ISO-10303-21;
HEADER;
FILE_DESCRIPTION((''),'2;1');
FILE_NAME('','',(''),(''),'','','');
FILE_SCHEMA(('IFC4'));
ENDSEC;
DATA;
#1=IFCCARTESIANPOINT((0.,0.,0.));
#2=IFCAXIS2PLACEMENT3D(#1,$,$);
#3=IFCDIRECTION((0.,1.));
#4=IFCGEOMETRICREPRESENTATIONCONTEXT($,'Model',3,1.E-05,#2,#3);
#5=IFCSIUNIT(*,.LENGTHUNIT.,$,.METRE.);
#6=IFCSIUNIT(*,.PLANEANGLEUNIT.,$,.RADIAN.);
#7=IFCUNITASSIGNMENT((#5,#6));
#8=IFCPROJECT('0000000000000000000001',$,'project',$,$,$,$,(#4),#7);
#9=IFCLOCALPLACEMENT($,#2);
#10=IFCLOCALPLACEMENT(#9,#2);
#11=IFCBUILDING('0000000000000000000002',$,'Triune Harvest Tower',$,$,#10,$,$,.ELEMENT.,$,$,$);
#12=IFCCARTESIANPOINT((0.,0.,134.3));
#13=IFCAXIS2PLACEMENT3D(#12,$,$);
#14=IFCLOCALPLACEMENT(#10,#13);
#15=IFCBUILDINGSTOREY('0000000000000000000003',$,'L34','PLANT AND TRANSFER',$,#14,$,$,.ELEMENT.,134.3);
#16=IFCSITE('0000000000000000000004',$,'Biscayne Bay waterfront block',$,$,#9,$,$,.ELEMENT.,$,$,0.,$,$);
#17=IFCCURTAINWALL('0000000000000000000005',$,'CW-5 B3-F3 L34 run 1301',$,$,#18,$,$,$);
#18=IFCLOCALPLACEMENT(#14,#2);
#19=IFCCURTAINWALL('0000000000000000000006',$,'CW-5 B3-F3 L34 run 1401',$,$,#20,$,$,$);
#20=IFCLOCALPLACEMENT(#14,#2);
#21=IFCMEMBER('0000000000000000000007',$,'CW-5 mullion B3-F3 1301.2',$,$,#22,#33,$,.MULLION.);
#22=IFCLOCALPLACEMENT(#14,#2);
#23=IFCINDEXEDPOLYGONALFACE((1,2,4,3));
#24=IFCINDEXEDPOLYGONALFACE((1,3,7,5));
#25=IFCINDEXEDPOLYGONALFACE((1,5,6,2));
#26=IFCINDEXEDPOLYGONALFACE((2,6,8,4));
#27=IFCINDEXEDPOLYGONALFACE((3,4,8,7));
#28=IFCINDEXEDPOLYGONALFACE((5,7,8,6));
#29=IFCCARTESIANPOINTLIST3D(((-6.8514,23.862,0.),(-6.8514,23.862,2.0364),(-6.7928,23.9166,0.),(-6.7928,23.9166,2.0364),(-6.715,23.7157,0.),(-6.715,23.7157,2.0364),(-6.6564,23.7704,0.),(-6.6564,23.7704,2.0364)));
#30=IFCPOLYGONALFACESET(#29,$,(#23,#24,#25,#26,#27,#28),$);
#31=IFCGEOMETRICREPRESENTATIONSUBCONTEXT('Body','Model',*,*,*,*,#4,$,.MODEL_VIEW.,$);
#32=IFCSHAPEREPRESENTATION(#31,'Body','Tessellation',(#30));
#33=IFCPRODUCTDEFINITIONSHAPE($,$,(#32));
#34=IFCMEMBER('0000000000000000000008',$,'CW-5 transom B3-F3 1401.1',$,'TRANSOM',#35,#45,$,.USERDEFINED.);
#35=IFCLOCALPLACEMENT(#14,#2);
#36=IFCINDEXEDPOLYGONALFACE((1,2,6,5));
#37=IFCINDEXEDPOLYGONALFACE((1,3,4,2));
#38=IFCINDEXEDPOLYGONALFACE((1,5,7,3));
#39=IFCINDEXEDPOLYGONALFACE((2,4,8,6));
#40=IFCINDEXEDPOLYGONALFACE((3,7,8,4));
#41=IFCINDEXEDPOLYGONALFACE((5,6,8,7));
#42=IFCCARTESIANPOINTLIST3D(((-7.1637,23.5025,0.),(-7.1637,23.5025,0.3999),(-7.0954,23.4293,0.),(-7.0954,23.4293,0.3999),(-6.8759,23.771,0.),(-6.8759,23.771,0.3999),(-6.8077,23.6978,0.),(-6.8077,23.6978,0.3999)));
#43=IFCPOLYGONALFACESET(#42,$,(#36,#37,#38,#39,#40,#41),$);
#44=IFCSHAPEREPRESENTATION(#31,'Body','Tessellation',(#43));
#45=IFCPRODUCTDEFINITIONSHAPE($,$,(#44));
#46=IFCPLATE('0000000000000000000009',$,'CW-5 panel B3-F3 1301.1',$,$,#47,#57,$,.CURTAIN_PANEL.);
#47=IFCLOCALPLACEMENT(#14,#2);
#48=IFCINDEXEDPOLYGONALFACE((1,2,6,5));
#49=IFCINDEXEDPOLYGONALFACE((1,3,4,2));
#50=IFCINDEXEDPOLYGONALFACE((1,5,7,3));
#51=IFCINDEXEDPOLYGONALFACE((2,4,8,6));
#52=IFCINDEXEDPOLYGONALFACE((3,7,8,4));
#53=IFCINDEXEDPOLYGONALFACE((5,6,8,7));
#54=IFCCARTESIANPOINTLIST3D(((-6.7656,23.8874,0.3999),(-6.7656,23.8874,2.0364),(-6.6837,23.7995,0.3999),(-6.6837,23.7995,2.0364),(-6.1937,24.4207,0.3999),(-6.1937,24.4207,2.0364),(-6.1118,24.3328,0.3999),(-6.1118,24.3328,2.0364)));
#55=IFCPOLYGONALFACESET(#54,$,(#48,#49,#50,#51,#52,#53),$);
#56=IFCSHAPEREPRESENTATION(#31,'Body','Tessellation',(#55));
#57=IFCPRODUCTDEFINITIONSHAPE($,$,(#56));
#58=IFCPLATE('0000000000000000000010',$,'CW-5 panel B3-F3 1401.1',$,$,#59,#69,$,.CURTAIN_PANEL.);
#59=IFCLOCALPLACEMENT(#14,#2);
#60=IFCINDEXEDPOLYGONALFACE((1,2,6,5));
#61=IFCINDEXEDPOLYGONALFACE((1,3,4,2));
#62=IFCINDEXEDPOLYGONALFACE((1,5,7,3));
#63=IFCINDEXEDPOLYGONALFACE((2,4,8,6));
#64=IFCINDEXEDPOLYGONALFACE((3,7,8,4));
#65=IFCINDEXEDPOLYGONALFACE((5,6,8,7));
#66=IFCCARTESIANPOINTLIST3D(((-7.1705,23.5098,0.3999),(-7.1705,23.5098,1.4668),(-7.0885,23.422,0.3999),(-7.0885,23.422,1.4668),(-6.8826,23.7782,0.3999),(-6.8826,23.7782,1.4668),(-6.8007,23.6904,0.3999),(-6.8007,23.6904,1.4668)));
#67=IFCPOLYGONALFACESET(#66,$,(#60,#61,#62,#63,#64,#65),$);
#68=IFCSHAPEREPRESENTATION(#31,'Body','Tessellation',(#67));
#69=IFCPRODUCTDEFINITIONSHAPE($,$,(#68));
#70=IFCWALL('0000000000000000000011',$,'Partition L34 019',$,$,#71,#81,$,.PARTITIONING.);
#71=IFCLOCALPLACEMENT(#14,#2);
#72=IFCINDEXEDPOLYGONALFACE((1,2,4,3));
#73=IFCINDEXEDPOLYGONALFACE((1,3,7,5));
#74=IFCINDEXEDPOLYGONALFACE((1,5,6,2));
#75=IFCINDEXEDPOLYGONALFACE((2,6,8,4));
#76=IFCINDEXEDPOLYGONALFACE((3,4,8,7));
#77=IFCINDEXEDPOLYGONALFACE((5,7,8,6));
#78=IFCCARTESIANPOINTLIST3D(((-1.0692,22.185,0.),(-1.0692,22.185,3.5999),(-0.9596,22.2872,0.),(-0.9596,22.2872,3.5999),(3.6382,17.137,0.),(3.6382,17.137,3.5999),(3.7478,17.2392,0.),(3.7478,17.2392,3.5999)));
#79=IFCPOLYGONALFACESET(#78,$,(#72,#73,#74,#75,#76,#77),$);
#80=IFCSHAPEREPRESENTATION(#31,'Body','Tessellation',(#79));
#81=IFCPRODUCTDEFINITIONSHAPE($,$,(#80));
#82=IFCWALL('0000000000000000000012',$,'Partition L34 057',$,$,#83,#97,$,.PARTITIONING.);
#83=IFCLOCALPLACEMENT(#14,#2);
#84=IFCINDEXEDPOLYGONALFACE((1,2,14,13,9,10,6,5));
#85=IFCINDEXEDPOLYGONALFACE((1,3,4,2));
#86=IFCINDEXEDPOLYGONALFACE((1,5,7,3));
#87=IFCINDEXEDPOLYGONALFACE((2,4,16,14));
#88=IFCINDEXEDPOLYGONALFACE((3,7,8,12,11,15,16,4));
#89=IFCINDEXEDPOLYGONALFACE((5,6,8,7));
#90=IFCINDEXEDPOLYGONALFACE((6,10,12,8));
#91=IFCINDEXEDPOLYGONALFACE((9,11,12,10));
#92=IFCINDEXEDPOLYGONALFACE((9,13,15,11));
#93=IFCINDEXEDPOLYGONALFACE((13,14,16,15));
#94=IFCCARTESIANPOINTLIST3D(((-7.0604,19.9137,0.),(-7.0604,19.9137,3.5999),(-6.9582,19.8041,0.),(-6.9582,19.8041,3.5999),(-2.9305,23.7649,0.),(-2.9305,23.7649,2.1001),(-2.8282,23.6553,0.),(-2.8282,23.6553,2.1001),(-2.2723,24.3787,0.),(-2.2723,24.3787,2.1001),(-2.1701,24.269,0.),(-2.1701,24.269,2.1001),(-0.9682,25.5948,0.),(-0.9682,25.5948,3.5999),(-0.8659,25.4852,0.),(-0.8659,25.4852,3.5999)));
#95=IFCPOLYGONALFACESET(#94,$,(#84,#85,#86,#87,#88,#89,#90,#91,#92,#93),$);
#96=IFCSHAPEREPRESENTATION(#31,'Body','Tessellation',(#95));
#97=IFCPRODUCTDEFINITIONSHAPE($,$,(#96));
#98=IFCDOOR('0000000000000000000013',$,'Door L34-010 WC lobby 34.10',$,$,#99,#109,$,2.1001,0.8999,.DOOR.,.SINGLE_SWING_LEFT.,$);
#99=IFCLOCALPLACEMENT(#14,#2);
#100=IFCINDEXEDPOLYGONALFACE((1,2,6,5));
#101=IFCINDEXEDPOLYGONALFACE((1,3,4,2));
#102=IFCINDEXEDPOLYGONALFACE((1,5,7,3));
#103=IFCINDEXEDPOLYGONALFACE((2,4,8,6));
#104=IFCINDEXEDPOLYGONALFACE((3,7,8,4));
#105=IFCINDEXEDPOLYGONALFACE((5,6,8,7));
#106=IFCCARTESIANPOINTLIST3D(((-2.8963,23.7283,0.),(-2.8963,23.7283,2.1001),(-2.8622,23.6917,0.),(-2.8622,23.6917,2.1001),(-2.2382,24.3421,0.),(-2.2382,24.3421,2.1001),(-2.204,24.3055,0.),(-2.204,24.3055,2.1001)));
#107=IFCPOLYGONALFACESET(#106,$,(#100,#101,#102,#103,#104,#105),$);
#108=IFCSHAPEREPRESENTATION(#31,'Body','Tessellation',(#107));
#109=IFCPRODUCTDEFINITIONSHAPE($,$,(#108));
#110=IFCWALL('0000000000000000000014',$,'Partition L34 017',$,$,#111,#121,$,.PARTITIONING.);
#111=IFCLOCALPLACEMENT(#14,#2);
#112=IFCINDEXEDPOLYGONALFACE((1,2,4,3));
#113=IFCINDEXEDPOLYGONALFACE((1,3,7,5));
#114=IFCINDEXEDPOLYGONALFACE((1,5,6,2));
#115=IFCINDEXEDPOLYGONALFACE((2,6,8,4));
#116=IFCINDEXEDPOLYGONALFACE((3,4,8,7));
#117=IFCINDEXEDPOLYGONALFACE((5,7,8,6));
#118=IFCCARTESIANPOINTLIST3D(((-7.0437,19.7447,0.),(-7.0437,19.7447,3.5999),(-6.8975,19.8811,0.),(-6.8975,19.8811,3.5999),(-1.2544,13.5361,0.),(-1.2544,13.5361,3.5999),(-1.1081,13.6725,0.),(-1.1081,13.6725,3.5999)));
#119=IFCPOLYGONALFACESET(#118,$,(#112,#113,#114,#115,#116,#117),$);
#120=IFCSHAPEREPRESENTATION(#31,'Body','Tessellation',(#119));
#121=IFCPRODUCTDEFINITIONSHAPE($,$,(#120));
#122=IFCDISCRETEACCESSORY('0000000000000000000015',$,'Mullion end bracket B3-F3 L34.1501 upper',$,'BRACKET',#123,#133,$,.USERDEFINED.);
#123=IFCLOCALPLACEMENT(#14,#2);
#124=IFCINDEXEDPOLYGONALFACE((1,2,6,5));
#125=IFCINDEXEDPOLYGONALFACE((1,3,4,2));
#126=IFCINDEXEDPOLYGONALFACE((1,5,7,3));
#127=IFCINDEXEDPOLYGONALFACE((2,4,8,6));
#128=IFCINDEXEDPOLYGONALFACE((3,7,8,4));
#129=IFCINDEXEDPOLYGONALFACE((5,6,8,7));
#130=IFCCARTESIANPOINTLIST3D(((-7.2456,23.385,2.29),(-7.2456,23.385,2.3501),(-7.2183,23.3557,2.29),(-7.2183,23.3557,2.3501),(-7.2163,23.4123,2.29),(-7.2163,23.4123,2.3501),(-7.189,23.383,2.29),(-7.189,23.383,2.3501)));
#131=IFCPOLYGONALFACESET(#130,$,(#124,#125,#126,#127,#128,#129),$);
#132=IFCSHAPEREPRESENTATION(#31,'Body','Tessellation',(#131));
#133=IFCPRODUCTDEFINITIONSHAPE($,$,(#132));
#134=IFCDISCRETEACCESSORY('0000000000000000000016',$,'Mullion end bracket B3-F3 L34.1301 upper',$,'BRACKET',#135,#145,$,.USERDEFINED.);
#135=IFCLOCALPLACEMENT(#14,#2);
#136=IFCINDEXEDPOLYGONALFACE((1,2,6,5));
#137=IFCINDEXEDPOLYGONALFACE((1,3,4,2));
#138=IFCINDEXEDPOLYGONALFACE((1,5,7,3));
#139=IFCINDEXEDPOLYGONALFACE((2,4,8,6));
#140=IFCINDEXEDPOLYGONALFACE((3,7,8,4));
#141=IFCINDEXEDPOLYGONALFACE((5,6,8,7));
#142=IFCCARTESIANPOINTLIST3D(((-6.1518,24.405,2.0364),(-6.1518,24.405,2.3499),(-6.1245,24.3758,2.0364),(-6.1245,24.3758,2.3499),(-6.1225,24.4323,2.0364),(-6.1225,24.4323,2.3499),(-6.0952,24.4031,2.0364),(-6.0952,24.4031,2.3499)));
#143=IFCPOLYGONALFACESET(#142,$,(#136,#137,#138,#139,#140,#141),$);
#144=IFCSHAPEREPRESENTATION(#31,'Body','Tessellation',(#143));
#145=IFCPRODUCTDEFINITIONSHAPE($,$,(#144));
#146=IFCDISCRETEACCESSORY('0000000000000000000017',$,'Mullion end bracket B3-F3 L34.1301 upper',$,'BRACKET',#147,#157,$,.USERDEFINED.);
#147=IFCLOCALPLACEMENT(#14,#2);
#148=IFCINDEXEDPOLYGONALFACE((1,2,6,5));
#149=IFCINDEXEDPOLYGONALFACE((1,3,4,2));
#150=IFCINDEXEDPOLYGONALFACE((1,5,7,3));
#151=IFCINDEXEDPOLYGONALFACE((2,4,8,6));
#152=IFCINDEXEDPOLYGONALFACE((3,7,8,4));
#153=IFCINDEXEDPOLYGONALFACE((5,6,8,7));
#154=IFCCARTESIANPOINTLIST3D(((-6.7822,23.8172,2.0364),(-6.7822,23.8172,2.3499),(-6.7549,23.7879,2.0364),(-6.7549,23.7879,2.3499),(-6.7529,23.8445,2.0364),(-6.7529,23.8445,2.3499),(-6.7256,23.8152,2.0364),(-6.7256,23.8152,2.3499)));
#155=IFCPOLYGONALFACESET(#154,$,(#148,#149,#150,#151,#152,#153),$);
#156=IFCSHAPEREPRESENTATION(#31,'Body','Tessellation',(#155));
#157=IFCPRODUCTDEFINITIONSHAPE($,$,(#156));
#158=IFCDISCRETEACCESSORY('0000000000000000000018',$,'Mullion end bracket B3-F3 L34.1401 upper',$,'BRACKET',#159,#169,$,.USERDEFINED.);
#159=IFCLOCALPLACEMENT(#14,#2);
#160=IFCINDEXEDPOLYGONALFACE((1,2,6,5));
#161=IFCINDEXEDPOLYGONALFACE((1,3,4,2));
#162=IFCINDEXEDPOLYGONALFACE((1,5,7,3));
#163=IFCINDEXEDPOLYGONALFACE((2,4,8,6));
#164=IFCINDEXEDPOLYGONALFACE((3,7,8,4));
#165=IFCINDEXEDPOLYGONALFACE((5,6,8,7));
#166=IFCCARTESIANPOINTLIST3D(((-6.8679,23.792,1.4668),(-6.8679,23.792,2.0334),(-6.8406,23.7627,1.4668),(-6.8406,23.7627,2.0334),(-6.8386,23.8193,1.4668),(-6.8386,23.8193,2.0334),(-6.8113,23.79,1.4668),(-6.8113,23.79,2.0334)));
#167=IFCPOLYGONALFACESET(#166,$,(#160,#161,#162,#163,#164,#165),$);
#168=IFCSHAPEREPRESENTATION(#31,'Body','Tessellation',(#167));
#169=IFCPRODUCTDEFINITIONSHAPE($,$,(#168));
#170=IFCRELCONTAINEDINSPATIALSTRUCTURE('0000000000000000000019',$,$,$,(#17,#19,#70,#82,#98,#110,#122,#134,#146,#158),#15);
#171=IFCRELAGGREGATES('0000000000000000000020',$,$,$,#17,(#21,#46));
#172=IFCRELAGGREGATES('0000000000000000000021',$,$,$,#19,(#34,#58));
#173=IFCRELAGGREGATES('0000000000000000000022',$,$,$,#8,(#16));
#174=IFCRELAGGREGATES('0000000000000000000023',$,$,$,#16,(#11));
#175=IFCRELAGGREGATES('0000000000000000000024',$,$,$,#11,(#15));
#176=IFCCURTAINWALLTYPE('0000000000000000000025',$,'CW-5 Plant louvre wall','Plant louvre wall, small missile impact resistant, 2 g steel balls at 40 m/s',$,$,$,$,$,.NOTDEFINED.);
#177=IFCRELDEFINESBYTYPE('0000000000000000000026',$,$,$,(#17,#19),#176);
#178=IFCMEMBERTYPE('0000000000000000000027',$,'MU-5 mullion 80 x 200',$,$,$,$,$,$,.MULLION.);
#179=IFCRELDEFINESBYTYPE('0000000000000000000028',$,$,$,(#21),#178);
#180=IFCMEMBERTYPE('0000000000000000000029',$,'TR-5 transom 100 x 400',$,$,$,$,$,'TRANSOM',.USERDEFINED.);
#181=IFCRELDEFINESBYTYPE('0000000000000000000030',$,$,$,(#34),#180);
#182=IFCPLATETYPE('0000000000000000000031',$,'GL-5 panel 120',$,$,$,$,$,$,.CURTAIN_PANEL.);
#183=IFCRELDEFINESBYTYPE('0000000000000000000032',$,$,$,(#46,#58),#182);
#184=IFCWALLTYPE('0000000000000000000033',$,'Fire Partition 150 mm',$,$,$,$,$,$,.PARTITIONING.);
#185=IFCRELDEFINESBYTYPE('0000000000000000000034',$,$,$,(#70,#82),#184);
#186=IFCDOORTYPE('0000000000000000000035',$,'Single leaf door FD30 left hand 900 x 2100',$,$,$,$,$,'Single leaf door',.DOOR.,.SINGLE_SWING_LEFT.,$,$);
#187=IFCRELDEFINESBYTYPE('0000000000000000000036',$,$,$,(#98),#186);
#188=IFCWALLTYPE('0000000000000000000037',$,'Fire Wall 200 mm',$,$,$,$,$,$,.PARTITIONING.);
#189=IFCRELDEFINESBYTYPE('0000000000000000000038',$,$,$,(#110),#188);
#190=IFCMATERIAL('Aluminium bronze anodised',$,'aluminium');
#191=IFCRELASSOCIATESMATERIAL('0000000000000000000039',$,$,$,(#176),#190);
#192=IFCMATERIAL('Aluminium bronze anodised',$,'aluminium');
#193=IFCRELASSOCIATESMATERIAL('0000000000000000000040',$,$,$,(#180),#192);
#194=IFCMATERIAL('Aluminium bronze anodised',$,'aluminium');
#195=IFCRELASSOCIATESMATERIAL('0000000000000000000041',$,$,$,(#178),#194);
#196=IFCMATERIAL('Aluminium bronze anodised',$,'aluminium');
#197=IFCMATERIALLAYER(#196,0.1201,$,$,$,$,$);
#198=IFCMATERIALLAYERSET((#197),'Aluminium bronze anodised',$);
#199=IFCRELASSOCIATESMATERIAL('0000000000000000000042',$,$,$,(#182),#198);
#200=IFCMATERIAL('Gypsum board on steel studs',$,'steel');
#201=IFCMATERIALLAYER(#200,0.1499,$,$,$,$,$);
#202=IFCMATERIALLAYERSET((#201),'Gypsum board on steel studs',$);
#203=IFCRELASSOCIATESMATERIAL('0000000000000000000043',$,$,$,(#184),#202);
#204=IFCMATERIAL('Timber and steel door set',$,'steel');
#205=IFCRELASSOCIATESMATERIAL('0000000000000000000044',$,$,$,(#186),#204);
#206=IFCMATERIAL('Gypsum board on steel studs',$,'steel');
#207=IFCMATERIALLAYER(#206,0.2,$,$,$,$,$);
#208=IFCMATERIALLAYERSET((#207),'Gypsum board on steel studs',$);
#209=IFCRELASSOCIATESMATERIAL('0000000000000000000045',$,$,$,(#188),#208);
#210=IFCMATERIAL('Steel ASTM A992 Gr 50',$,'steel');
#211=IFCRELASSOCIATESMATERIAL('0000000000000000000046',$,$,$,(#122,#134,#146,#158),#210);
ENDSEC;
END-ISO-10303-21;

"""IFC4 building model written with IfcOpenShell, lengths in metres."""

from ifc_helpers import new_model, si_unit, direction, frame, frame_2d, origin, origin_2d, place, context, subcontext, project, spatial, rectangle, extrude, source, transform, mapped, material, layer, layer_set, material_profile, profile_set, type_object, element, fill, aggregate, save


model = new_model("IFC4")

# Units and contexts
model_context = context("Model", 3, precision=1e-05, world=origin(), true_north=direction((0.0, 1.0)))
body_context = subcontext(model_context, "Body", "Model", "MODEL_VIEW")
ifc_project = project(units=[si_unit("LENGTHUNIT", "METRE"), si_unit("PLANEANGLEUNIT", "RADIAN")], contexts=[model_context])

# Site, building, storey
site_placement = place(None, origin())
site = spatial("IfcSite", under=ifc_project, at=site_placement, Name="Biscayne Bay waterfront block", CompositionType="ELEMENT", RefElevation=0.0)
building_placement = place(site_placement, origin())
building = spatial("IfcBuilding", under=site, at=building_placement, Name="Triune Harvest Tower", CompositionType="ELEMENT")
storey_placement = place(building_placement, frame((0.0, 0.0, 134.3)))
storey = spatial("IfcBuildingStorey", under=building, at=storey_placement, Name="L34", Description="PLANT AND TRANSFER", CompositionType="ELEMENT", Elevation=134.3)

# Shared definitions
ifc_material_1 = material(Name="Aluminium bronze anodised", Category="aluminium")
curtain_wall_type = type_object("IfcCurtainWallType", Name="CW-5 Plant louvre wall", Description="Plant louvre wall, small missile impact resistant, 2 g steel balls at 40 m/s", PredefinedType="NOTDEFINED", material=ifc_material_1)
ifc_material_2 = material(Name="Aluminium bronze anodised", Category="aluminium")
ifc_material_profile_1 = material_profile(ifc_material_2, rectangle(XDim=0.1001, YDim=0.3999, at=origin_2d()), Name="TR-5 transom 100 x 400")
ifc_profile_set_1 = profile_set([ifc_material_profile_1], Name="Aluminium bronze anodised")
member_type_1 = type_object("IfcMemberType", Name="TR-5 transom 100 x 400", ElementType="TRANSOM", PredefinedType="USERDEFINED", material=ifc_profile_set_1)

# Shared definitions
ifc_material_3 = material(Name="Aluminium bronze anodised", Category="aluminium")
ifc_material_profile_2 = material_profile(ifc_material_3, rectangle(XDim=0.2, YDim=0.0801, at=origin_2d()), Name="MU-5 mullion 80 x 200")
ifc_profile_set_2 = profile_set([ifc_material_profile_2], Name="Aluminium bronze anodised")
member_type_2 = type_object("IfcMemberType", Name="MU-5 mullion 80 x 200", PredefinedType="MULLION", material=ifc_profile_set_2)

# Curtain wall
curtain_wall_1_placement = place(storey_placement, origin())
curtain_wall_1 = element("IfcCurtainWall", 1, at=curtain_wall_1_placement, inside=storey, type_object=curtain_wall_type, Name="CW-5 B3-F3 L34 run 1301")

# Curtain wall
curtain_wall_2_placement = place(storey_placement, origin())
curtain_wall_2 = element("IfcCurtainWall", 2, at=curtain_wall_2_placement, inside=storey, type_object=curtain_wall_type, Name="CW-5 B3-F3 L34 run 1401")

# Members
shared_shape_1 = source(origin(), body_context, "Body", "SweptSolid", [
    extrude(rectangle(XDim=0.2, YDim=0.0801, at=origin_2d()), origin(), (0.0, 0.0, 1.0), 2.0364),
])
member_1_placement = place(storey_placement, frame((-6.7539, 23.8162, 0.0), z_axis=(0.0, 0.0, 1.0), x_axis=(0.681993, -0.731359, 0.0)))
member_1 = element("IfcMember", 3, at=member_1_placement, type_object=member_type_2, Name="CW-5 mullion B3-F3 1301.2", PredefinedType="MULLION", context=body_context, shape_type="MappedRepresentation", body=[
    mapped(shared_shape_1, transform((0.0, 0.0, 0.0), scale=1.0)),
])
shared_shape_2 = source(origin(), body_context, "Body", "SweptSolid", [
    extrude(rectangle(XDim=0.1001, YDim=0.3999, at=origin_2d()), origin(), (0.0, 0.0, 1.0), 0.3936),
])
member_2_placement = place(storey_placement, frame((-6.8418, 23.7344, 0.2), z_axis=(-0.731179, -0.682186, 0.0), x_axis=(0.682186, -0.731179, 0.0)))
member_2 = element("IfcMember", 4, at=member_2_placement, type_object=member_type_1, Name="CW-5 transom B3-F3 1401.1", ObjectType="TRANSOM", PredefinedType="USERDEFINED", context=body_context, shape_type="MappedRepresentation", body=[
    mapped(shared_shape_2, transform((0.0, 0.0, 0.0), scale=1.0)),
])

# Plates
ifc_material_4 = material(Name="Aluminium bronze anodised", Category="aluminium")
ifc_layer_1 = layer(ifc_material_4, 0.1201)
ifc_layer_set_1 = layer_set([ifc_layer_1], Name="Aluminium bronze anodised")
plate_type = type_object("IfcPlateType", Name="GL-5 panel 120", PredefinedType="CURTAIN_PANEL", material=ifc_layer_set_1)
plate_1_placement = place(storey_placement, frame((-6.4387, 24.1101, 0.3999), z_axis=(0.0, 0.0, 1.0), x_axis=(-0.731359, -0.681993, 0.0)))
plate_1 = element("IfcPlate", 5, at=plate_1_placement, type_object=plate_type, Name="CW-5 panel B3-F3 1301.1", PredefinedType="CURTAIN_PANEL", context=body_context, shape_type="SweptSolid", body=[
    extrude(rectangle(XDim=0.782, YDim=0.1201, at=origin_2d()), origin(), (0.0, 0.0, 1.0), 1.6365),
])
aggregate(curtain_wall_1, [member_1, plate_1])
plate_2_placement = place(storey_placement, frame((-6.9856, 23.6001, 0.3999), z_axis=(0.0, 0.0, 1.0), x_axis=(-0.731332, -0.682022, 0.0)))
plate_2 = element("IfcPlate", 6, at=plate_2_placement, type_object=plate_type, Name="CW-5 panel B3-F3 1401.1", PredefinedType="CURTAIN_PANEL", context=body_context, shape_type="SweptSolid", body=[
    extrude(rectangle(XDim=0.3936, YDim=0.1201, at=origin_2d()), origin(), (0.0, 0.0, 1.0), 1.0669),
])
aggregate(curtain_wall_2, [member_2, plate_2])

# Wall
ifc_material_5 = material(Name="Gypsum board on steel studs", Category="steel")
ifc_layer_2 = layer(ifc_material_5, 0.1499)
ifc_layer_set_2 = layer_set([ifc_layer_2], Name="Gypsum board on steel studs")
wall_type_1 = type_object("IfcWallType", Name="Fire Partition 150 mm", PredefinedType="PARTITIONING", material=ifc_layer_set_2)
wall_1_placement = place(storey_placement, frame((-1.0144, 22.2361, 0.0), z_axis=(0.0, 0.0, 1.0), x_axis=(0.682006, -0.731347, 0.0)))
element("IfcWall", 7, at=wall_1_placement, inside=storey, type_object=wall_type_1, Name="Partition L34 019", PredefinedType="PARTITIONING", context=body_context, shape_type="SweptSolid", body=[
    extrude(rectangle(XDim=6.9023, YDim=0.1499, at=frame_2d((3.4512, 0.0))), origin(), (0.0, 0.0, 1.0), 3.5999),
])

# Wall, opening, door
wall_2_placement = place(storey_placement, frame((-7.0093, 19.8589, 0.0), z_axis=(0.0, 0.0, 1.0), x_axis=(0.731353, 0.681999, 0.0)))
wall_2 = element("IfcWall", 8, at=wall_2_placement, inside=storey, type_object=wall_type_1, Name="Partition L34 057", PredefinedType="PARTITIONING", context=body_context, shape_type="SweptSolid", body=[
    extrude(rectangle(XDim=8.3301, YDim=0.1499, at=frame_2d((4.165, 0.0))), origin(), (0.0, 0.0, 1.0), 3.5999),
])
opening_placement = place(wall_2_placement, frame((5.647, 0.0, 0.0)))
opening = element("IfcOpeningElement", 9, at=opening_placement, cuts=wall_2, PredefinedType="OPENING", context=body_context, shape_type="SweptSolid", body=[
    extrude(rectangle(XDim=0.8999, YDim=2.1001, at=frame_2d((0.45, 1.05))), frame((0.0, 0.085, 0.0), z_axis=(0.0, -1.0, 0.0), x_axis=(1.0, 0.0, 0.0)), (0.0, 0.0, 1.0), 0.1699),
])
ifc_material_6 = material(Name="Timber and steel door set", Category="steel")
door_type = type_object("IfcDoorType", Name="Single leaf door FD30 left hand 900 x 2100", ElementType="Single leaf door", OperationType="SINGLE_SWING_LEFT", PredefinedType="DOOR", material=ifc_material_6)
door_placement = place(opening_placement, origin())
door = element("IfcDoor", 10, at=door_placement, inside=storey, type_object=door_type, Name="Door L34-010 WC lobby 34.10", OperationType="SINGLE_SWING_LEFT", OverallHeight=2.1001, OverallWidth=0.8999, PredefinedType="DOOR", context=body_context, shape_type="SweptSolid", body=[
    extrude(rectangle(XDim=0.8999, YDim=2.1001, at=frame_2d((0.45, 1.05))), frame((0.0, 0.0249, 0.0), z_axis=(0.0, -1.0, 0.0), x_axis=(1.0, 0.0, 0.0)), (0.0, 0.0, 1.0), 0.05),
])
fill(opening, door)

# Wall
ifc_material_7 = material(Name="Gypsum board on steel studs", Category="steel")
ifc_layer_3 = layer(ifc_material_7, 0.2)
ifc_layer_set_3 = layer_set([ifc_layer_3], Name="Gypsum board on steel studs")
wall_type_2 = type_object("IfcWallType", Name="Fire Wall 200 mm", PredefinedType="PARTITIONING", material=ifc_layer_set_3)
wall_3_placement = place(storey_placement, frame((-6.9707, 19.813, 0.0), z_axis=(0.0, 0.0, 1.0), x_axis=(0.681985, -0.731366, 0.0)))
element("IfcWall", 11, at=wall_3_placement, inside=storey, type_object=wall_type_2, Name="Partition L34 017", PredefinedType="PARTITIONING", context=body_context, shape_type="SweptSolid", body=[
    extrude(rectangle(XDim=8.489, YDim=0.2, at=frame_2d((4.2446, 0.0))), origin(), (0.0, 0.0, 1.0), 3.5999),
])

# Discrete accessories
ifc_material_8 = material(Name="Steel ASTM A992 Gr 50", Category="steel")
shared_shape_3 = source(origin(), body_context, "Body", "SweptSolid", [
    extrude(rectangle(XDim=0.04, YDim=0.04, at=origin_2d()), origin(), (0.0, 0.0, 1.0), 0.0601),
])
discrete_accessory_1_placement = place(storey_placement, frame((-7.2173, 23.384, 2.29), z_axis=(0.0, 0.0, 1.0), x_axis=(-0.731353, -0.682, 0.0)))
element("IfcDiscreteAccessory", 12, at=discrete_accessory_1_placement, inside=storey, material=ifc_material_8, Name="Mullion end bracket B3-F3 L34.1501 upper", ObjectType="BRACKET", PredefinedType="USERDEFINED", context=body_context, shape_type="MappedRepresentation", body=[
    mapped(shared_shape_3, transform((0.0, 0.0, 0.0), scale=1.0)),
])
shared_shape_4 = source(origin(), body_context, "Body", "SweptSolid", [
    extrude(rectangle(XDim=0.04, YDim=0.04, at=origin_2d()), origin(), (0.0, 0.0, 1.0), 0.3135),
])
for number, where, z_axis, x_axis, name in (
    (13, (-6.1235, 24.4041, 2.0364), (0.0, 0.0, 1.0), (-0.731358, -0.681993, 0.0), "Mullion end bracket B3-F3 L34.1301 upper"),
    (14, (-6.7539, 23.8162, 2.0364), (0.0, 0.0, 1.0), (-0.731358, -0.681993, 0.0), "Mullion end bracket B3-F3 L34.1301 upper"),
):
    element("IfcDiscreteAccessory", number, at=place(storey_placement, frame(where, z_axis=z_axis, x_axis=x_axis)), inside=storey, material=ifc_material_8, Name=name, ObjectType="BRACKET", PredefinedType="USERDEFINED", context=body_context, shape_type="MappedRepresentation", body=[
        mapped(shared_shape_4, transform((0.0, 0.0, 0.0), scale=1.0)),
    ])
discrete_accessory_2_placement = place(storey_placement, frame((-6.8396, 23.791, 1.4668), z_axis=(0.0, 0.0, 1.0), x_axis=(-0.731331, -0.682023, 0.0)))
element("IfcDiscreteAccessory", 15, at=discrete_accessory_2_placement, inside=storey, material=ifc_material_8, Name="Mullion end bracket B3-F3 L34.1401 upper", ObjectType="BRACKET", PredefinedType="USERDEFINED", context=body_context, shape_type="SweptSolid", body=[
    extrude(rectangle(XDim=0.04, YDim=0.04, at=origin_2d()), origin(), (0.0, 0.0, 1.0), 0.5667),
])

save(model, "model.ifc")
